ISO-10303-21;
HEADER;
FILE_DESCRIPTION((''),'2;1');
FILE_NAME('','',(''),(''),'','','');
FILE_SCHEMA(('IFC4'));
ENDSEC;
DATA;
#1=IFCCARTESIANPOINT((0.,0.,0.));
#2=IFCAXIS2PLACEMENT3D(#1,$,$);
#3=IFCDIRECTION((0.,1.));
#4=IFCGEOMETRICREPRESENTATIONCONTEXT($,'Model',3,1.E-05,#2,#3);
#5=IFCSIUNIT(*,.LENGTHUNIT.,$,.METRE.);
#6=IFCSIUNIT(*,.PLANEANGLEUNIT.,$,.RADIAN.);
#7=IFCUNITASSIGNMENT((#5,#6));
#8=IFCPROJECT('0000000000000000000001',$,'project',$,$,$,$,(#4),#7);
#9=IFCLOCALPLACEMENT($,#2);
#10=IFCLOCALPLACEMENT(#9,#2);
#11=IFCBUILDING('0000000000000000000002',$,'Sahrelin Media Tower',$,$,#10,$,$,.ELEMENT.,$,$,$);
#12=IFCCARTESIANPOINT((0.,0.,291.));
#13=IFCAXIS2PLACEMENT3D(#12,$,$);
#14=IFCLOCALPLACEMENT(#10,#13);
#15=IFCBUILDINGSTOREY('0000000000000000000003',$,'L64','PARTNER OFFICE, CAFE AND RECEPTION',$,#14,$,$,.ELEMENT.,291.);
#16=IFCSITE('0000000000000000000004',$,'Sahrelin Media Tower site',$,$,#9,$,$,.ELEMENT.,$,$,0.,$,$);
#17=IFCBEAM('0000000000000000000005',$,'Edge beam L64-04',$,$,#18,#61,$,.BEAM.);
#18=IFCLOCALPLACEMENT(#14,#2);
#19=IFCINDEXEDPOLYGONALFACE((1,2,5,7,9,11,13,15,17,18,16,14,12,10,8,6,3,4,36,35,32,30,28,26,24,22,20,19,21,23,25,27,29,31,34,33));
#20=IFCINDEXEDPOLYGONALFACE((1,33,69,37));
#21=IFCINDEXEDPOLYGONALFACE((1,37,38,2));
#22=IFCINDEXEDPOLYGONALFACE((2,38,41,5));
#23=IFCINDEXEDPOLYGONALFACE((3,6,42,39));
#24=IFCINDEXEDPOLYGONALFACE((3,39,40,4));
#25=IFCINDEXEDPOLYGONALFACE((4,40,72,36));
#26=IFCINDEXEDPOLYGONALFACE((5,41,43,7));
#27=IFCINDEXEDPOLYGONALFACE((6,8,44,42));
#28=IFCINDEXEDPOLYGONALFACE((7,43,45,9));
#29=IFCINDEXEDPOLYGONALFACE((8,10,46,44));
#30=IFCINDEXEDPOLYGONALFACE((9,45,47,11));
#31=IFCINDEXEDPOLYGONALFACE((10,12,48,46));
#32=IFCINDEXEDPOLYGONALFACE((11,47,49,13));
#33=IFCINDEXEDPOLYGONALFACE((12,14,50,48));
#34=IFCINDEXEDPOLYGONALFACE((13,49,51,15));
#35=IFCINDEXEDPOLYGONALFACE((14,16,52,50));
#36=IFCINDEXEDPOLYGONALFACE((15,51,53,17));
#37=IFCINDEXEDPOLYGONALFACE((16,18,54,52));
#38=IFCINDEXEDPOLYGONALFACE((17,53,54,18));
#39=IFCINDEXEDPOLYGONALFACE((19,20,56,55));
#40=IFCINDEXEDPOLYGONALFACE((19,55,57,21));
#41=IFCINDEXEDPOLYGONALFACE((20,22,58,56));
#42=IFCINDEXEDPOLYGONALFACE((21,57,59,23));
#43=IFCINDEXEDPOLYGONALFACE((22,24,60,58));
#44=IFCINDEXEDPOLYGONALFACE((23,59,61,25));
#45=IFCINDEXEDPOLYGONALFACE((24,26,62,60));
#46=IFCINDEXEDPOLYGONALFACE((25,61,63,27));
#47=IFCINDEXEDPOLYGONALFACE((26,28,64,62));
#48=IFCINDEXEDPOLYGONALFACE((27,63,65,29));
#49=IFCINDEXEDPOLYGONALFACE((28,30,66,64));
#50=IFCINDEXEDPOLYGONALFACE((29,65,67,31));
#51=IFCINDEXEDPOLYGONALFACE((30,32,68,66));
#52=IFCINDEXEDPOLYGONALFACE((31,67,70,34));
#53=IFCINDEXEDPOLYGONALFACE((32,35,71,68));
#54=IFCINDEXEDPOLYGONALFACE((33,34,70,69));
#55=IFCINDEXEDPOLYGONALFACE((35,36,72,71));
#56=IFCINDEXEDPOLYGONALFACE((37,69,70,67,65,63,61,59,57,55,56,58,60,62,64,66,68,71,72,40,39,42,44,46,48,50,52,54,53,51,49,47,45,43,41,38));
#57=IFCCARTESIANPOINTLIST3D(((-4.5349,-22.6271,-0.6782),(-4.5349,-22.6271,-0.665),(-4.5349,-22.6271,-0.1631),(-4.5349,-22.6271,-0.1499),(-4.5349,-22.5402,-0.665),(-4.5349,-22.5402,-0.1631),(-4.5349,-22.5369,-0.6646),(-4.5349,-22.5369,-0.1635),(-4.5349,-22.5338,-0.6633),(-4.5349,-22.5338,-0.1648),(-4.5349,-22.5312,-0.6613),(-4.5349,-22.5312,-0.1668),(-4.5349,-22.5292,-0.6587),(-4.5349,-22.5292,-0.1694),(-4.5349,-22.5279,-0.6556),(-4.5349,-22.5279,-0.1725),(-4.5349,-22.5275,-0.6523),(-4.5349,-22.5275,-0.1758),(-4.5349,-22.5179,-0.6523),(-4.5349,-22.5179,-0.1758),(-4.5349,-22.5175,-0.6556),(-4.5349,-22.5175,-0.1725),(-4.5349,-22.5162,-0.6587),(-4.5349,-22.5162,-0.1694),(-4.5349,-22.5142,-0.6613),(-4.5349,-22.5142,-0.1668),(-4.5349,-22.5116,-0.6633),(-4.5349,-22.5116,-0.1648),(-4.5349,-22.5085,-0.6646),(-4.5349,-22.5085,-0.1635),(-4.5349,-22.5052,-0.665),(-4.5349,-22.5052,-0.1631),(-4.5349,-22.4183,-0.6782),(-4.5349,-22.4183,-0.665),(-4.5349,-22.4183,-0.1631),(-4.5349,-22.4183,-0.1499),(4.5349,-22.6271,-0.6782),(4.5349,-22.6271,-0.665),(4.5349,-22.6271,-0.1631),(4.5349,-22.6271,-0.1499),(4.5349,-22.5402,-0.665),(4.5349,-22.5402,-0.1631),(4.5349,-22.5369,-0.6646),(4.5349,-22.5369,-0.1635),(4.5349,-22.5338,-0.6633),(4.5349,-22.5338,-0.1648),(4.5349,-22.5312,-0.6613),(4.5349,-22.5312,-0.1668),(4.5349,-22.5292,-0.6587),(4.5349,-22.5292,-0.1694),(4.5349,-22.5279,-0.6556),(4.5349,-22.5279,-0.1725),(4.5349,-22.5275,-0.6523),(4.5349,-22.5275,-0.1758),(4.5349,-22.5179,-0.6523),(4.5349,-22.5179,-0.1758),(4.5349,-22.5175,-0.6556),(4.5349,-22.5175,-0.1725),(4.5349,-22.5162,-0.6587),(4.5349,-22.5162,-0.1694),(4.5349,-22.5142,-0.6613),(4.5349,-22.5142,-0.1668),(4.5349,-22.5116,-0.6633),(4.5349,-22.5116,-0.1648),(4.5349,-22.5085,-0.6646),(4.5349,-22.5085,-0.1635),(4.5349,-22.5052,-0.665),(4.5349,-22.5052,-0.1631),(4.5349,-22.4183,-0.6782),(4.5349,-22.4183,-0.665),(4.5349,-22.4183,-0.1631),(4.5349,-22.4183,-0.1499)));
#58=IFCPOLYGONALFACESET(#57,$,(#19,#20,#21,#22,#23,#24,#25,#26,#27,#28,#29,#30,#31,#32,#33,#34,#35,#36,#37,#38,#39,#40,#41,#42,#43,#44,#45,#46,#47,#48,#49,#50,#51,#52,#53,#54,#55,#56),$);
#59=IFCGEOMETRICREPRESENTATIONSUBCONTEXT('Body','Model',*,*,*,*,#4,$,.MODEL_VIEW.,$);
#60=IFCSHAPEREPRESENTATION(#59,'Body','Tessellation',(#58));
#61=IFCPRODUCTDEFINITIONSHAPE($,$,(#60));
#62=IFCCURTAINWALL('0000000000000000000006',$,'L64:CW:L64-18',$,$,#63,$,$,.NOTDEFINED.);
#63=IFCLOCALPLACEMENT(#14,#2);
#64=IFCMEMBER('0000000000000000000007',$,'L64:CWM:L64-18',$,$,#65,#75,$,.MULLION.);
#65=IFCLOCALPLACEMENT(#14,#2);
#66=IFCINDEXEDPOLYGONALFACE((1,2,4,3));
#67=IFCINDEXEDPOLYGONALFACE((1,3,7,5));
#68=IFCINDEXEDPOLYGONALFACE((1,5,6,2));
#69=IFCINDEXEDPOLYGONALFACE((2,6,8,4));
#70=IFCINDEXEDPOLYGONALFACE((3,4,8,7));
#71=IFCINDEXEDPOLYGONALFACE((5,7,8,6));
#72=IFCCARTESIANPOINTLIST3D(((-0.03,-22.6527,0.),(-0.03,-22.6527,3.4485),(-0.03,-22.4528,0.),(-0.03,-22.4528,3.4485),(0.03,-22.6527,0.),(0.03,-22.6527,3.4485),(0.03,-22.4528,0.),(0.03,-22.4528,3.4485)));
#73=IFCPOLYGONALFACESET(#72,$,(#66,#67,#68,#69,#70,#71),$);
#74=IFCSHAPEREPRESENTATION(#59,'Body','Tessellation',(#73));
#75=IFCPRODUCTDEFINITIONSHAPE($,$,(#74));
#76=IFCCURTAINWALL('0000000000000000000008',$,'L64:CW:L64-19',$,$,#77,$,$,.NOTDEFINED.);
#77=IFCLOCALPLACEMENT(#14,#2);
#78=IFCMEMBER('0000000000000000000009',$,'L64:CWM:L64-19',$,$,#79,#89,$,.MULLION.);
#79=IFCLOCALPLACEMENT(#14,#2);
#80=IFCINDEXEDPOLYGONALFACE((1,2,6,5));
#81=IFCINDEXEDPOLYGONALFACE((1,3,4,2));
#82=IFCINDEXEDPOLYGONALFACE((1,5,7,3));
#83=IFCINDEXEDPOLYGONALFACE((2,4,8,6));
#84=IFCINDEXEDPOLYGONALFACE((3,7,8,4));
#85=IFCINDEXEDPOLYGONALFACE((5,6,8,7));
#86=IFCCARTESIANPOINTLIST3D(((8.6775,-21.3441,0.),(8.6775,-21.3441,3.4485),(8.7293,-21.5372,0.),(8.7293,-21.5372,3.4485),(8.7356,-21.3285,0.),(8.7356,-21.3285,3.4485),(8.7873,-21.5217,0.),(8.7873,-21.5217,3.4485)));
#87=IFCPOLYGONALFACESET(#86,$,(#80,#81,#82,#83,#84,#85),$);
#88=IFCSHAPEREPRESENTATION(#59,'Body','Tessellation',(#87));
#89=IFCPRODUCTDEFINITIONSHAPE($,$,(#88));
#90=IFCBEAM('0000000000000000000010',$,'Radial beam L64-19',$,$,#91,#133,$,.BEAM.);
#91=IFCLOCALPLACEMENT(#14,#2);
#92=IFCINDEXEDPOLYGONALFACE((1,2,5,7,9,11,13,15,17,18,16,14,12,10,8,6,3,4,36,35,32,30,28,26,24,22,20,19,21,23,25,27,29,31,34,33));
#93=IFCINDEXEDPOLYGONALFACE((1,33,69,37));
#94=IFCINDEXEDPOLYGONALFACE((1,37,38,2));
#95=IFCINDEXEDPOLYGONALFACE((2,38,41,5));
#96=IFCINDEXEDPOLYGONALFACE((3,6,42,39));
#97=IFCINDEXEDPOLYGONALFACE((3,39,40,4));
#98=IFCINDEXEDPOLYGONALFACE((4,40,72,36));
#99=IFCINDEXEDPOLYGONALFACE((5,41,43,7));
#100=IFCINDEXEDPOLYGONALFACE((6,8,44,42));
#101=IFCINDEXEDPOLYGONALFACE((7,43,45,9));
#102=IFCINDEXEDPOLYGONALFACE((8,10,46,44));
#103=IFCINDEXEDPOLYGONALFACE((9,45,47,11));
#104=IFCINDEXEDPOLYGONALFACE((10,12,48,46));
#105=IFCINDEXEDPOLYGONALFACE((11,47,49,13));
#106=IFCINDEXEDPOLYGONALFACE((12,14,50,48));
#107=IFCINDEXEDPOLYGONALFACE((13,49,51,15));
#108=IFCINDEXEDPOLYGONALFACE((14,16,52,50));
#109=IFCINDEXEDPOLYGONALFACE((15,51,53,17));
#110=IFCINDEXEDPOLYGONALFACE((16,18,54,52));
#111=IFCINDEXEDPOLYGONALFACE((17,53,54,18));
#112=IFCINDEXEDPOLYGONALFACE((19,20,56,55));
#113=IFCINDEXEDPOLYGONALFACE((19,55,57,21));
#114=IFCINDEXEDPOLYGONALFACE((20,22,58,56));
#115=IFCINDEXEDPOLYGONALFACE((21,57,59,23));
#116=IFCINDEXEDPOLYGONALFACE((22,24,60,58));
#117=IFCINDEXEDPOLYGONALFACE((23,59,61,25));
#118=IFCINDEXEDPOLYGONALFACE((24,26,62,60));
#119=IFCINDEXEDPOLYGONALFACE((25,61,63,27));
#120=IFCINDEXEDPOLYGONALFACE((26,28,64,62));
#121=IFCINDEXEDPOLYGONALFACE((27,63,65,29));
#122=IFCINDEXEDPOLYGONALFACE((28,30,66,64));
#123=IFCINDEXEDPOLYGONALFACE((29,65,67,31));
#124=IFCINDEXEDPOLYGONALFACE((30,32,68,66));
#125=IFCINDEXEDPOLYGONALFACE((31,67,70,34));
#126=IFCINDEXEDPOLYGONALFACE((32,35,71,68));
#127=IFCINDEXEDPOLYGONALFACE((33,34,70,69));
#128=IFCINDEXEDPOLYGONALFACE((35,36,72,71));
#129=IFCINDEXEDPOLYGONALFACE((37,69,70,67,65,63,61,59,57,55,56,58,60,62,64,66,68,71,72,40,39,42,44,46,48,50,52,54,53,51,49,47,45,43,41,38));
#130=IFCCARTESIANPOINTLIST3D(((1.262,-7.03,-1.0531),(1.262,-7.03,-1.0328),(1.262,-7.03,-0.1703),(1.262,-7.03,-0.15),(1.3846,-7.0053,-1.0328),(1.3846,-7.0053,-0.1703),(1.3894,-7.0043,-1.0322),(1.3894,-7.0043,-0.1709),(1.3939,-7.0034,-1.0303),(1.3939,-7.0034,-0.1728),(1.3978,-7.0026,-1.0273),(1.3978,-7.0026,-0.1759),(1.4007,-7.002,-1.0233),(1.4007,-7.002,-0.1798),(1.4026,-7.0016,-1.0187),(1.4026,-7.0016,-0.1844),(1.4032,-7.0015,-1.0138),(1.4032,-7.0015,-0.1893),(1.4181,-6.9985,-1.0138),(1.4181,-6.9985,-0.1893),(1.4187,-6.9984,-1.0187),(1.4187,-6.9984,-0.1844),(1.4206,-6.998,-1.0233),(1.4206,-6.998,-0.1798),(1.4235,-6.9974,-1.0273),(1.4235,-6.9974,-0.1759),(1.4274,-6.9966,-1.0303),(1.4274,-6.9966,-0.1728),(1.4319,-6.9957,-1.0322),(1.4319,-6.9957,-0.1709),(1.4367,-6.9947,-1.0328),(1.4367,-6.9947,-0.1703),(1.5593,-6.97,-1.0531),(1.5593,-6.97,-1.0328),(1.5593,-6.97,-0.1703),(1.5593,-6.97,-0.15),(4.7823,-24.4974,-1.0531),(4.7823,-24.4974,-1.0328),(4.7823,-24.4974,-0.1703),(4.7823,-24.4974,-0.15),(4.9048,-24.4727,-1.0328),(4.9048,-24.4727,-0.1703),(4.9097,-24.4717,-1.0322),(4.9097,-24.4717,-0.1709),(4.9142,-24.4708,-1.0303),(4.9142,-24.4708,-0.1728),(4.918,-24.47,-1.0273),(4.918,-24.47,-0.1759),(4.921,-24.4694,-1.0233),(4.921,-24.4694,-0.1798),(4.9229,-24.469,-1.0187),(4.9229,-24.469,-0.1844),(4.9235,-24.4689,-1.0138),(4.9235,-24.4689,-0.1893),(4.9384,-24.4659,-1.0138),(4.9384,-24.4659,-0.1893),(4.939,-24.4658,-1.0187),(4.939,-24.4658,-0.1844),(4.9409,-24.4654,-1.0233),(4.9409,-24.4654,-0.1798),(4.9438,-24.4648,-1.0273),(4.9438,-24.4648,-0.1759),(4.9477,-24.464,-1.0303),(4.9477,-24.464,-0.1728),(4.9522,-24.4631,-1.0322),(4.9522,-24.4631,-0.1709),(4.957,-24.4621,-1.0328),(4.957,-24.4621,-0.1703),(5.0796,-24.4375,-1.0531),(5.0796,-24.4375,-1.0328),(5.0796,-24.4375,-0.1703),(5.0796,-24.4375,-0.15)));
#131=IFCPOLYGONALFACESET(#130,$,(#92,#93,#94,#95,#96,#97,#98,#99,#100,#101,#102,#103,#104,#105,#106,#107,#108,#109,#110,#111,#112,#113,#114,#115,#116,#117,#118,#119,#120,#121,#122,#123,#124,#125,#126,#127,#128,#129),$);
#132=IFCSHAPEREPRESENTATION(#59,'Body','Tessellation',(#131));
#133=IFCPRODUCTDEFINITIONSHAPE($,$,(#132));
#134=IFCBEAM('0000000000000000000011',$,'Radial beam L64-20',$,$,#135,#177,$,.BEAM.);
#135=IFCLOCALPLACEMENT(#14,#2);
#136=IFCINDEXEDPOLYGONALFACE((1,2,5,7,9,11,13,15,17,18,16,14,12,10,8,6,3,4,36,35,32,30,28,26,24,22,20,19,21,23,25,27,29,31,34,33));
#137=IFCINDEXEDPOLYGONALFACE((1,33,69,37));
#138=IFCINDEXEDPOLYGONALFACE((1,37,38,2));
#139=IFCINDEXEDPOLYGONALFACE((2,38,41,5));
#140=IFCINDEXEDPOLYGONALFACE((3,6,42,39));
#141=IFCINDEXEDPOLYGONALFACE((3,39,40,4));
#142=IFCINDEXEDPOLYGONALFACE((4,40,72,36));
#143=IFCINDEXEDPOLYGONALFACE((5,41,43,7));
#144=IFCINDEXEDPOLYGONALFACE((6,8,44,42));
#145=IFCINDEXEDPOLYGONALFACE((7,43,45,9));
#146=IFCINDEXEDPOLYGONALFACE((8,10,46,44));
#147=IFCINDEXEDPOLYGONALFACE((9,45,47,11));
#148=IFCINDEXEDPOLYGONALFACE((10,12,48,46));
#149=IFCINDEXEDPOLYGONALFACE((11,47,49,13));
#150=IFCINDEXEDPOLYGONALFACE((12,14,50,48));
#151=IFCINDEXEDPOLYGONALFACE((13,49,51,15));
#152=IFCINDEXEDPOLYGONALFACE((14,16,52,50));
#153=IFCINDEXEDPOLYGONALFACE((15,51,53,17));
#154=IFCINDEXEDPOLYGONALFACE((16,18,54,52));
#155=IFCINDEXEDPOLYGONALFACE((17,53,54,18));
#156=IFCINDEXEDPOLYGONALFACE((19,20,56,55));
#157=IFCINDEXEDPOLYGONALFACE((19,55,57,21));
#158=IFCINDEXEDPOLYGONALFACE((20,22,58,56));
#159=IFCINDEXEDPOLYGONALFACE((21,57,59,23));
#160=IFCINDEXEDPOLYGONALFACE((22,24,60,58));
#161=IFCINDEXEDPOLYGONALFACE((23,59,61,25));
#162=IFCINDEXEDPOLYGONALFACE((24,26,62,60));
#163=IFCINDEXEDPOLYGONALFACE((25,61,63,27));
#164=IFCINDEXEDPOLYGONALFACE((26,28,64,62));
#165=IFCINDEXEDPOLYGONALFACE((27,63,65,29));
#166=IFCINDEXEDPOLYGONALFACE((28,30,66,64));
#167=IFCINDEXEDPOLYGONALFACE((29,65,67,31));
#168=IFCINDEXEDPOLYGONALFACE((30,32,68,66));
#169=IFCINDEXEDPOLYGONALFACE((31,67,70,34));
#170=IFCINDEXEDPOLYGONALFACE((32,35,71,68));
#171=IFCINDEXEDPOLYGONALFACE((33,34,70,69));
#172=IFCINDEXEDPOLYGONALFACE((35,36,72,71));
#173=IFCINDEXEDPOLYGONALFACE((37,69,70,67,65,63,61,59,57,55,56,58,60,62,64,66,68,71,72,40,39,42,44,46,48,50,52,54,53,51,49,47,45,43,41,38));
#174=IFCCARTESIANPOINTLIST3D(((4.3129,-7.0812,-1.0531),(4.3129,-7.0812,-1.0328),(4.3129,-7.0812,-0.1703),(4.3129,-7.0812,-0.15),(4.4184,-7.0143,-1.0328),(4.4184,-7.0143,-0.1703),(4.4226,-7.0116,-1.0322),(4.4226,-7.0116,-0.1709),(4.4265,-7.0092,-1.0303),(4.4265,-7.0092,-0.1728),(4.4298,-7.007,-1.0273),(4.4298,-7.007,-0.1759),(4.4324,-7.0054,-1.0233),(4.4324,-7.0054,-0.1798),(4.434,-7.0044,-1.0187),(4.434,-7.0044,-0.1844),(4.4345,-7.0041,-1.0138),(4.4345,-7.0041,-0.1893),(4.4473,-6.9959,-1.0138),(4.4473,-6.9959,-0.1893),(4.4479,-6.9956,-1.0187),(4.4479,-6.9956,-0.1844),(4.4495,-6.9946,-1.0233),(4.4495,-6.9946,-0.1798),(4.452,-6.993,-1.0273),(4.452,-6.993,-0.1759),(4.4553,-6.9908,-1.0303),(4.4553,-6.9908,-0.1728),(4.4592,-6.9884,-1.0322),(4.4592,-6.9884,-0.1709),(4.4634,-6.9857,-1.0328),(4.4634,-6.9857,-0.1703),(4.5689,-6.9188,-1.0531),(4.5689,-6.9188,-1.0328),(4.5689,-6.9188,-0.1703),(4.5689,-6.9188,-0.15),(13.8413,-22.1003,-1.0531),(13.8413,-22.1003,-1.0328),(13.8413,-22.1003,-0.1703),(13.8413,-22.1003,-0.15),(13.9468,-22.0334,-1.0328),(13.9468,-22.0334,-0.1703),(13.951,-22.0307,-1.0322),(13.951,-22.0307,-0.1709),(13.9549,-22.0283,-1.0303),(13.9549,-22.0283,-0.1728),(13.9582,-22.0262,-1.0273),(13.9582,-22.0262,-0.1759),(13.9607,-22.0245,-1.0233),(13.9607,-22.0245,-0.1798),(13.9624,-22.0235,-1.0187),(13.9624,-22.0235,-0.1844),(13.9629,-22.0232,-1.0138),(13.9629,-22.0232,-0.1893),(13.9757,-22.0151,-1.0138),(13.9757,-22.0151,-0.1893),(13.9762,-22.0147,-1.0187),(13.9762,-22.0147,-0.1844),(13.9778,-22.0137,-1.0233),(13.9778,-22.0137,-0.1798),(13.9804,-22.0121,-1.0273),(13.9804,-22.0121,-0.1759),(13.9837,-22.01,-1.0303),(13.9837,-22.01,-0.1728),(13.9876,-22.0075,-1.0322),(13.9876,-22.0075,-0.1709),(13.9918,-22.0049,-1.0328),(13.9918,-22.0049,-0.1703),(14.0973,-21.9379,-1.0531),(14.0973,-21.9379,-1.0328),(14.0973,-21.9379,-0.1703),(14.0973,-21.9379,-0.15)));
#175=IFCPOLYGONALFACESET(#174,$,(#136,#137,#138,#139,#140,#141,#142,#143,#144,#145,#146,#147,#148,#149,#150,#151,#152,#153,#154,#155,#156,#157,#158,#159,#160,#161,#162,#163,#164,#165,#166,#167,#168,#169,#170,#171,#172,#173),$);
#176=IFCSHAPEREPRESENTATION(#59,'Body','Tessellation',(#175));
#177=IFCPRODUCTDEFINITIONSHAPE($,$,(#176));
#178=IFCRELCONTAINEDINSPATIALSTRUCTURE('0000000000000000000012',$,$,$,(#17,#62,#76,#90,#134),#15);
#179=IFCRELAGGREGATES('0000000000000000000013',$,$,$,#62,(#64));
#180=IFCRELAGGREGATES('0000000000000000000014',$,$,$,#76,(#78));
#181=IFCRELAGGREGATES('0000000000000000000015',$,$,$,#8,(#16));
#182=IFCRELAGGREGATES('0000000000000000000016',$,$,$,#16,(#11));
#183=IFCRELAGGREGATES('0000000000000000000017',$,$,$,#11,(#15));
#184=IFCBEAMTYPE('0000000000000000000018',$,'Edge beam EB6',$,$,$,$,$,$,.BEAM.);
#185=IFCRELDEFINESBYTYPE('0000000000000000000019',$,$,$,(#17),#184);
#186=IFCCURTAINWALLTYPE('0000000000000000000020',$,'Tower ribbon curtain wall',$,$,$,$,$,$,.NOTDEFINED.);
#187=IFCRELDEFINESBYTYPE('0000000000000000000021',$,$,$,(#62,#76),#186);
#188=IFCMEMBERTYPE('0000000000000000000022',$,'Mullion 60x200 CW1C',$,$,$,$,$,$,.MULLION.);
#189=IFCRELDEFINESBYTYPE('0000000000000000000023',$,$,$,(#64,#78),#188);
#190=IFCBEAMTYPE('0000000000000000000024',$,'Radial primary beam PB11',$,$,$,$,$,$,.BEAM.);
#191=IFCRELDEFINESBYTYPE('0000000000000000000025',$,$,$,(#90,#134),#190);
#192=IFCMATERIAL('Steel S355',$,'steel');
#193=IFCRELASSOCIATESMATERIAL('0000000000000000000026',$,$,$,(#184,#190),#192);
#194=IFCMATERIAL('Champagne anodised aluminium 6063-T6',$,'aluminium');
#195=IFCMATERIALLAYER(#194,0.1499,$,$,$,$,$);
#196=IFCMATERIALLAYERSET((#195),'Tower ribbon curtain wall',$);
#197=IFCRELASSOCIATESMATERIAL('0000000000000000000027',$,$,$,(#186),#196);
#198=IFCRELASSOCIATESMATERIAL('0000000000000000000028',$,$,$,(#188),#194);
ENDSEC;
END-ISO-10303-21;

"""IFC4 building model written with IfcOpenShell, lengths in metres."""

from ifc_helpers import new_model, si_unit, direction, frame, origin, origin_2d, place, context, subcontext, project, spatial, rectangle, i_section, extrude, material, layer, layer_set, material_profile, profile_set, type_object, element, aggregate, save


model = new_model("IFC4")

# Units and contexts
model_context = context("Model", 3, precision=1e-05, world=origin(), true_north=direction((0.0, 1.0)))
body_context = subcontext(model_context, "Body", "Model", "MODEL_VIEW")
ifc_project = project(units=[si_unit("LENGTHUNIT", "METRE"), si_unit("PLANEANGLEUNIT", "RADIAN")], contexts=[model_context])

# Site, building, storey
site_placement = place(None, origin())
site = spatial("IfcSite", under=ifc_project, at=site_placement, Name="Sahrelin Media Tower site", CompositionType="ELEMENT", RefElevation=0.0)
building_placement = place(site_placement, origin())
building = spatial("IfcBuilding", under=site, at=building_placement, Name="Sahrelin Media Tower", CompositionType="ELEMENT")
storey_placement = place(building_placement, frame((0.0, 0.0, 291.0)))
storey = spatial("IfcBuildingStorey", under=building, at=storey_placement, Name="L64", Description="PARTNER OFFICE, CAFE AND RECEPTION", CompositionType="ELEMENT", Elevation=291.0)

# Beam
ifc_material_1 = material(Name="Steel S355", Category="steel")
ifc_material_profile_1 = material_profile(ifc_material_1, i_section(OverallWidth=0.2087, OverallDepth=0.5283, WebThickness=0.0095, FlangeThickness=0.0132, FilletRadius=0.0127, at=origin_2d()), Name="UB 533x210x82")
ifc_profile_set_1 = profile_set([ifc_material_profile_1], Name="Steel S355")
beam_type_1 = type_object("IfcBeamType", Name="Edge beam EB6", PredefinedType="BEAM", material=ifc_profile_set_1)
beam_1_placement = place(storey_placement, frame((4.5349, -22.5227, -0.4141), z_axis=(-1.0, 0.0, 0.0), x_axis=(0.0, -1.0, 0.0)))
element("IfcBeam", 1, at=beam_1_placement, inside=storey, type_object=beam_type_1, Name="Edge beam L64-04", PredefinedType="BEAM", context=body_context, shape_type="SweptSolid", body=[
    extrude(i_section(OverallWidth=0.2087, OverallDepth=0.5283, WebThickness=0.0095, FlangeThickness=0.0132, FilletRadius=0.0127, at=origin_2d()), origin(), (0.0, 0.0, 1.0), 9.0698),
])

# Curtain walls, members
ifc_material_2 = material(Name="Champagne anodised aluminium 6063-T6", Category="aluminium")
ifc_layer_1 = layer(ifc_material_2, 0.1499)
ifc_layer_set_1 = layer_set([ifc_layer_1], Name="Tower ribbon curtain wall")
curtain_wall_type = type_object("IfcCurtainWallType", Name="Tower ribbon curtain wall", PredefinedType="NOTDEFINED", material=ifc_layer_set_1)
curtain_wall_1_placement = place(storey_placement, frame((0.0, -22.6726, 0.0), z_axis=(0.0, 0.0, 1.0), x_axis=(1.0, 0.0, 0.0)))
curtain_wall_1 = element("IfcCurtainWall", 2, at=curtain_wall_1_placement, inside=storey, type_object=curtain_wall_type, Name="L64:CW:L64-18", PredefinedType="NOTDEFINED")
ifc_material_profile_2 = material_profile(ifc_material_2, rectangle(XDim=0.0601, YDim=0.2, at=origin_2d()), Name="Mullion 60x200")
ifc_profile_set_2 = profile_set([ifc_material_profile_2], Name="Champagne anodised aluminium 6063-T6")
member_type_1 = type_object("IfcMemberType", Name="Mullion 60x200 CW1C", PredefinedType="MULLION", material=ifc_profile_set_2)
member_1_placement = place(storey_placement, frame((0.0, -22.5527, 0.0), z_axis=(0.0, 0.0, 1.0), x_axis=(1.0, 0.0, 0.0)))
member_1 = element("IfcMember", 3, at=member_1_placement, type_object=member_type_1, Name="L64:CWM:L64-18", PredefinedType="MULLION", context=body_context, shape_type="SweptSolid", body=[
    extrude(rectangle(XDim=0.0601, YDim=0.2, at=origin_2d()), origin(), (0.0, 0.0, 1.0), 3.4485),
])
aggregate(curtain_wall_1, [member_1])
curtain_wall_2_placement = place(storey_placement, frame((8.7634, -21.5488, 0.0), z_axis=(0.0, 0.0, 1.0), x_axis=(1.0, 0.0, 0.0)))
curtain_wall_2 = element("IfcCurtainWall", 4, at=curtain_wall_2_placement, inside=storey, type_object=curtain_wall_type, Name="L64:CW:L64-19", PredefinedType="NOTDEFINED")
member_2_placement = place(storey_placement, frame((8.7324, -21.4329, 0.0), z_axis=(0.0, 0.0, 1.0), x_axis=(0.965926, 0.258819, 0.0)))
member_2 = element("IfcMember", 5, at=member_2_placement, type_object=member_type_1, Name="L64:CWM:L64-19", PredefinedType="MULLION", context=body_context, shape_type="SweptSolid", body=[
    extrude(rectangle(XDim=0.0601, YDim=0.2, at=origin_2d()), origin(), (0.0, 0.0, 1.0), 3.4485),
])

# Beams
ifc_material_profile_3 = material_profile(ifc_material_1, i_section(OverallWidth=0.3032, OverallDepth=0.9031, WebThickness=0.0151, FlangeThickness=0.0203, FilletRadius=0.019, at=origin_2d()), Name="UB 914x305x201")
ifc_profile_set_3 = profile_set([ifc_material_profile_3], Name="Steel S355")
beam_type_2 = type_object("IfcBeamType", Name="Radial primary beam PB11", PredefinedType="BEAM", material=ifc_profile_set_3)
beam_2_placement = place(storey_placement, frame((1.4106, -7.0, -0.6016), z_axis=(0.197562, -0.98029, 0.0), x_axis=(0.98029, 0.197562, 0.0)))
element("IfcBeam", 6, at=beam_2_placement, inside=storey, type_object=beam_type_2, Name="Radial beam L64-19", PredefinedType="BEAM", context=body_context, shape_type="SweptSolid", body=[
    extrude(i_section(OverallWidth=0.3032, OverallDepth=0.9031, WebThickness=0.0151, FlangeThickness=0.0203, FilletRadius=0.019, at=origin_2d()), origin(), (0.0, 0.0, 1.0), 17.8186),
])
beam_3_placement = place(storey_placement, frame((4.4409, -7.0, -0.6016), z_axis=(0.535704, -0.844406, 0.0), x_axis=(0.844406, 0.535704, 0.0)))
element("IfcBeam", 7, at=beam_3_placement, inside=storey, type_object=beam_type_2, Name="Radial beam L64-20", PredefinedType="BEAM", context=body_context, shape_type="SweptSolid", body=[
    extrude(i_section(OverallWidth=0.3032, OverallDepth=0.9031, WebThickness=0.0151, FlangeThickness=0.0203, FilletRadius=0.019, at=origin_2d()), origin(), (0.0, 0.0, 1.0), 17.7866),
])

aggregate(curtain_wall_2, [member_2])

save(model, "model.ifc")
